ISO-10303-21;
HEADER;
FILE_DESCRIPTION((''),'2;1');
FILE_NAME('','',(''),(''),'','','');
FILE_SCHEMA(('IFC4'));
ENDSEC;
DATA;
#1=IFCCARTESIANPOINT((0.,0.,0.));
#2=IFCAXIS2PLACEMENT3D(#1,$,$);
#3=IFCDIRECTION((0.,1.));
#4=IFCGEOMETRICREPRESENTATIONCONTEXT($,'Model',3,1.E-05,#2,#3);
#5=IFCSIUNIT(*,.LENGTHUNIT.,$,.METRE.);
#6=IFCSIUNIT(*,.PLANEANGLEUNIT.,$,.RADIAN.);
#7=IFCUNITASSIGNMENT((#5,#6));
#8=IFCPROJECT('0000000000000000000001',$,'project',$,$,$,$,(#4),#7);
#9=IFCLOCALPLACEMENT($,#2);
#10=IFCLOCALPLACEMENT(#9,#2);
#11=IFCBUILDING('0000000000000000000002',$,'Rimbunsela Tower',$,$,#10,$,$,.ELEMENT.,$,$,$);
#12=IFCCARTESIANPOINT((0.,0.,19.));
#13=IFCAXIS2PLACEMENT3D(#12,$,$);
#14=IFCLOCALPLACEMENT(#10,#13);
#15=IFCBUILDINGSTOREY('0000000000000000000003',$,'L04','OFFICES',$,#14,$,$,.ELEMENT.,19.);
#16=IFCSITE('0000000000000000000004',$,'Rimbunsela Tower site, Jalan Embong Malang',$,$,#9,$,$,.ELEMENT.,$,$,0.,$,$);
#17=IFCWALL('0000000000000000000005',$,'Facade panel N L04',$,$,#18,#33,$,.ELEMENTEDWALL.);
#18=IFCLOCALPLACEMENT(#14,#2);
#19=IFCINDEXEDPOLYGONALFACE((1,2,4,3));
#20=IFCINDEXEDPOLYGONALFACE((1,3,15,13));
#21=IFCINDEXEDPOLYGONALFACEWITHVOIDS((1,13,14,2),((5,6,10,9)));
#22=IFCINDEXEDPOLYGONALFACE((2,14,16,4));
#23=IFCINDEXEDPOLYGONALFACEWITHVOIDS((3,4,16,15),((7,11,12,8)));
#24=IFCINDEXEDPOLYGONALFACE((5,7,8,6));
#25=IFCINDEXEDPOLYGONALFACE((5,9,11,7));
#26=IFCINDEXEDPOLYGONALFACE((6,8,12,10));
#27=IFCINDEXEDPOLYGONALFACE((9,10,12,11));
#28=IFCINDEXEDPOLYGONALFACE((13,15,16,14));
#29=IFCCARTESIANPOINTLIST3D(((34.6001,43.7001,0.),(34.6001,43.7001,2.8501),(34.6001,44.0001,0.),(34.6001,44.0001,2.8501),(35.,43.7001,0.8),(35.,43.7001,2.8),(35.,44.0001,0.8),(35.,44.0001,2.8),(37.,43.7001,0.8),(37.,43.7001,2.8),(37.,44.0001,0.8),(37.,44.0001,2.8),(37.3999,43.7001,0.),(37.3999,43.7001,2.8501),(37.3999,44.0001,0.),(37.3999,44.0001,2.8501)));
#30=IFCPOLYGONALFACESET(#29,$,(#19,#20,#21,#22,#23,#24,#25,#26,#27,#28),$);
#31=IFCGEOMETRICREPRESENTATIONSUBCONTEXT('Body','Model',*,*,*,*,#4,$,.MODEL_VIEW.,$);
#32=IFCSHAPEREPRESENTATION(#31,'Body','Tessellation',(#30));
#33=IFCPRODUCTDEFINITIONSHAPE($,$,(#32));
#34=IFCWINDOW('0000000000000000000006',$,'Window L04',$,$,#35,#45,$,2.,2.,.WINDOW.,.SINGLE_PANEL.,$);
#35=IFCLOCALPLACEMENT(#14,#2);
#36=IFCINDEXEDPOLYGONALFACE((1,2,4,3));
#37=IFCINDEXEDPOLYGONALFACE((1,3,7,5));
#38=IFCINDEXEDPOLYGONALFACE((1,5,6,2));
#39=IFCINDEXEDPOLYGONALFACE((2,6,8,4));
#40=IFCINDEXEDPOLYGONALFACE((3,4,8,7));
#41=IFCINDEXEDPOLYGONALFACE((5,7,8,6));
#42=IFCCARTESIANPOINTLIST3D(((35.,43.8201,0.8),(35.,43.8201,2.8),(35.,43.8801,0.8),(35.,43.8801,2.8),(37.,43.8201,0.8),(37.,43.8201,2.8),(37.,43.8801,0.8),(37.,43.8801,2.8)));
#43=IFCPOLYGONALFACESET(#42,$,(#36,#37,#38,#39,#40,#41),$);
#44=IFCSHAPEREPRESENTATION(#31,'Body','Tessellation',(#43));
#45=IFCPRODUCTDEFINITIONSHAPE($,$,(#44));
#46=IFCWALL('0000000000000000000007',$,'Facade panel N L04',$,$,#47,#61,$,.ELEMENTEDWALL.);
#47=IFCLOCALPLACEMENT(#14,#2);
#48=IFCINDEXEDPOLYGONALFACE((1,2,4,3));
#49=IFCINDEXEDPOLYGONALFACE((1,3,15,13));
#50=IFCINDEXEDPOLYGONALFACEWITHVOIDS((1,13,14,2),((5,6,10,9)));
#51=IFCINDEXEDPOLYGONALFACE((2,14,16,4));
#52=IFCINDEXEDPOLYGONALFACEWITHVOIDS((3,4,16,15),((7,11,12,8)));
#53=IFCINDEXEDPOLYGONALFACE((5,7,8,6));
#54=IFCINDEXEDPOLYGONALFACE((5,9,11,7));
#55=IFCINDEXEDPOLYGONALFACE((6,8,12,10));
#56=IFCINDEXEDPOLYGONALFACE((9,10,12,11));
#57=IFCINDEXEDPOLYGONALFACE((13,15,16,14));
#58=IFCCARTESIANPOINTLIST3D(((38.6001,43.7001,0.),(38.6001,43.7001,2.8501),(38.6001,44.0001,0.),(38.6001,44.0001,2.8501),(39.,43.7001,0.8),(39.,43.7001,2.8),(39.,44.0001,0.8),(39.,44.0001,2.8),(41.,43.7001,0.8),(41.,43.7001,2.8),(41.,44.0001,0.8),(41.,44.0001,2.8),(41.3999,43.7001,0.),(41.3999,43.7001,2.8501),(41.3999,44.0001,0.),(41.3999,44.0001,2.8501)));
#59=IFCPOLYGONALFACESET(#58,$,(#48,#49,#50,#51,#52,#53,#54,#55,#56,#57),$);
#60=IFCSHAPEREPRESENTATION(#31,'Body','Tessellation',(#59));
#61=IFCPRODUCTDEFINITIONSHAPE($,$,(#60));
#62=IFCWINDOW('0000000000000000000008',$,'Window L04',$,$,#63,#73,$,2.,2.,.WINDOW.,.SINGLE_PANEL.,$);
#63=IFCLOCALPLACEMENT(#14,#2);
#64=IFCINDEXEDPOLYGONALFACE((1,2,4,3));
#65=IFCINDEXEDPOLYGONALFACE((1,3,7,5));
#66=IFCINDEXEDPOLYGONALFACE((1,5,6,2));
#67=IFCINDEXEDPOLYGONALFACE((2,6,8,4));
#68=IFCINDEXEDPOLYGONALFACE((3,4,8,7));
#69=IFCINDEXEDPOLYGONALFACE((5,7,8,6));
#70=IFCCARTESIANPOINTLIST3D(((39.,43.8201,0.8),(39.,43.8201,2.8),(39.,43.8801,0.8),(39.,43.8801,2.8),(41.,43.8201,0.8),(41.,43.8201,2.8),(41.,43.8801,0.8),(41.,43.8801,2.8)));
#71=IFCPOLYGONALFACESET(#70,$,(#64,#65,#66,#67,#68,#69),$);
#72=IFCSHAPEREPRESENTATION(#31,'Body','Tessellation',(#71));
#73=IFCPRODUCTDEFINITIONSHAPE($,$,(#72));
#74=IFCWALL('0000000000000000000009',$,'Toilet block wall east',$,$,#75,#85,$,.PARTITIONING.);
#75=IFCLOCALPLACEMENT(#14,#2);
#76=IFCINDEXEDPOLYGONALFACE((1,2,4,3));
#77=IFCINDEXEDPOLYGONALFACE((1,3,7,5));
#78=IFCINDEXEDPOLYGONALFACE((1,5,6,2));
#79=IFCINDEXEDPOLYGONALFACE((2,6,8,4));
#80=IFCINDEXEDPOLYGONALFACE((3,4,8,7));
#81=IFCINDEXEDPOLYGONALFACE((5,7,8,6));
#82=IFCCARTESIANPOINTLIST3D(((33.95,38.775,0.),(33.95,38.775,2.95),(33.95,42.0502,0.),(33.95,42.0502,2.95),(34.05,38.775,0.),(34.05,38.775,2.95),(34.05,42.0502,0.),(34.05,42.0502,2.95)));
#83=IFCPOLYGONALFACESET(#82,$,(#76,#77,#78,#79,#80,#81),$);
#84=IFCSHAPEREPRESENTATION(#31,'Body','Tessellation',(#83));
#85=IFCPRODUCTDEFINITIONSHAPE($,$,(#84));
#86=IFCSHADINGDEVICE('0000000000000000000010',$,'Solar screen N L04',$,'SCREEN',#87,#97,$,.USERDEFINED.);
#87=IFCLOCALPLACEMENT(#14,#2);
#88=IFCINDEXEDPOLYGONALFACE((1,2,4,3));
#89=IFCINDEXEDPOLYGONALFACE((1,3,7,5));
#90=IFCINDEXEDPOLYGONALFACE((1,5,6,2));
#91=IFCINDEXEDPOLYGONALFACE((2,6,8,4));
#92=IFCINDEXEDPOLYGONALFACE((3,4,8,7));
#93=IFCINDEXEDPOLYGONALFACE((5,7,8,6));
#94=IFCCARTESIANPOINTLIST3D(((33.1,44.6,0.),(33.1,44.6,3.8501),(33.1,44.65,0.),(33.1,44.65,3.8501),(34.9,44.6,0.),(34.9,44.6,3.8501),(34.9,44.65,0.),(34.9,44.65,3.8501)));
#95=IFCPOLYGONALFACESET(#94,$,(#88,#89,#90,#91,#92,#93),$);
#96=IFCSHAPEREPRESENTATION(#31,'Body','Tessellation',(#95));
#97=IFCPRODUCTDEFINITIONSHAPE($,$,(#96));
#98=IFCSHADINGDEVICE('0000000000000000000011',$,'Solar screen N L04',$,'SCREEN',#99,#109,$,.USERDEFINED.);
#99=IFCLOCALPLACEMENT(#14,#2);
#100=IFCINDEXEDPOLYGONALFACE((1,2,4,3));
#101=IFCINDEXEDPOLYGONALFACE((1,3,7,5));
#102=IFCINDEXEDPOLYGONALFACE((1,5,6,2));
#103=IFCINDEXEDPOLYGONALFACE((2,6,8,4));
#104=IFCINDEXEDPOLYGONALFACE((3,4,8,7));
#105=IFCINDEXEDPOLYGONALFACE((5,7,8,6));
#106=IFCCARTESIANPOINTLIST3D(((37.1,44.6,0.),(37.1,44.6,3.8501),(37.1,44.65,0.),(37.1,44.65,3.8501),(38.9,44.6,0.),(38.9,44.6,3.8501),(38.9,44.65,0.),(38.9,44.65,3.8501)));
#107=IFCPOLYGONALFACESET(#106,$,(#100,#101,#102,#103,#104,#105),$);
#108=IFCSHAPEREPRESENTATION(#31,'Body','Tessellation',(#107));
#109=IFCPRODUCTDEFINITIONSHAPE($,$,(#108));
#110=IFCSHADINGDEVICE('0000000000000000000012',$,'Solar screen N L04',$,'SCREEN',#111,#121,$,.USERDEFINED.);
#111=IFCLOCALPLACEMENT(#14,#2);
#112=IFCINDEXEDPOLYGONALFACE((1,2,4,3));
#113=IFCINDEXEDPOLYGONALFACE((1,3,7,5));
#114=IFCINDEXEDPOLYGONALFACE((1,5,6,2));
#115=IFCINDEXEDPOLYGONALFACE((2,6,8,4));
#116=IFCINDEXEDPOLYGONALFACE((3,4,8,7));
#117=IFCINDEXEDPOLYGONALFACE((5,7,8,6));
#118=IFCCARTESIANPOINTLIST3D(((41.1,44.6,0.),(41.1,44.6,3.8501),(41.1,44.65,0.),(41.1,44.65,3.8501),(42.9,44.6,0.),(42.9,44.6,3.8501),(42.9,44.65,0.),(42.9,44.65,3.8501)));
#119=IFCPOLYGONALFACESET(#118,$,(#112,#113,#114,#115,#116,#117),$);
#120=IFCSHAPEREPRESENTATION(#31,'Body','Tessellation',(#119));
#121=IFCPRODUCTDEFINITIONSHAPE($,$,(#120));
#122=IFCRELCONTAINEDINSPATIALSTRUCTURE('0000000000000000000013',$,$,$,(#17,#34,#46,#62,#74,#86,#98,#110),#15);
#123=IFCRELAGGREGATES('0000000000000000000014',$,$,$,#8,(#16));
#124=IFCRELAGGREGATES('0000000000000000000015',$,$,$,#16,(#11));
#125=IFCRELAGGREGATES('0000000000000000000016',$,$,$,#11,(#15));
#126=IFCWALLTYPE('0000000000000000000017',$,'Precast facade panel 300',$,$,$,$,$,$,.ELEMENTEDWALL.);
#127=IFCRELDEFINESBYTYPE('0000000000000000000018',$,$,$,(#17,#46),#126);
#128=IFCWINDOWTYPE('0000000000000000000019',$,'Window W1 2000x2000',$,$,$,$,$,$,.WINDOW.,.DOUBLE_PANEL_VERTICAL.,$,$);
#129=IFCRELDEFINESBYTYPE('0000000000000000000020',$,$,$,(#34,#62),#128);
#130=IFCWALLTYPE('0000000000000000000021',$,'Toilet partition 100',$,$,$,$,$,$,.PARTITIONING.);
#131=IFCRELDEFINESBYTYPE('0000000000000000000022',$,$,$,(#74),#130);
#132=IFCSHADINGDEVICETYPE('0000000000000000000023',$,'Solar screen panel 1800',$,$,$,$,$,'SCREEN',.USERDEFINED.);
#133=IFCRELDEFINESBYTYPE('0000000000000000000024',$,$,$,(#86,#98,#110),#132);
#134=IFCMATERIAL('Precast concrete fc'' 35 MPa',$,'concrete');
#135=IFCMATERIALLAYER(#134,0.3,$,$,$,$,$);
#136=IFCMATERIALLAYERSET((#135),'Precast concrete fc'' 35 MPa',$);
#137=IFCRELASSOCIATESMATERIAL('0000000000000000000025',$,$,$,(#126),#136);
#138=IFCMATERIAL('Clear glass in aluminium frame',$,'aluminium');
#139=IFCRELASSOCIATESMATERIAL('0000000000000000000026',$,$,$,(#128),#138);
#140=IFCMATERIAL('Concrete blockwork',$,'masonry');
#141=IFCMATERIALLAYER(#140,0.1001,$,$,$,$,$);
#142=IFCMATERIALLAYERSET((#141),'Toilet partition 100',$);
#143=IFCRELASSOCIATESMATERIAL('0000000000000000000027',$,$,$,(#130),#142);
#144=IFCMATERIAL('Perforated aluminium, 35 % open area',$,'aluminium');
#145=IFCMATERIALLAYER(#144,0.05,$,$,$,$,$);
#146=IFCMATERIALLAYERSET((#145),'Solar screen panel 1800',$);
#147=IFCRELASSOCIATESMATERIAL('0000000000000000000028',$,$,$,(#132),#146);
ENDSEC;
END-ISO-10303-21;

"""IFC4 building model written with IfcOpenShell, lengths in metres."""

from ifc_helpers import new_model, si_unit, direction, frame, frame_2d, origin, origin_2d, place, context, subcontext, project, spatial, rectangle, extrude, material, layer, layer_set, type_object, element, fill, save


model = new_model("IFC4")

# Units and contexts
model_context = context("Model", 3, precision=1e-05, world=origin(), true_north=direction((0.0, 1.0)))
body_context = subcontext(model_context, "Body", "Model", "MODEL_VIEW")
ifc_project = project(units=[si_unit("LENGTHUNIT", "METRE"), si_unit("PLANEANGLEUNIT", "RADIAN")], contexts=[model_context])

# Site, building, storey
site_placement = place(None, origin())
site = spatial("IfcSite", under=ifc_project, at=site_placement, Name="Rimbunsela Tower site, Jalan Embong Malang", CompositionType="ELEMENT", RefElevation=0.0)
building_placement = place(site_placement, origin())
building = spatial("IfcBuilding", under=site, at=building_placement, Name="Rimbunsela Tower", CompositionType="ELEMENT")
storey_placement = place(building_placement, frame((0.0, 0.0, 19.0)))
storey = spatial("IfcBuildingStorey", under=building, at=storey_placement, Name="L04", Description="OFFICES", CompositionType="ELEMENT", Elevation=19.0)

# Walls, openings, windows
ifc_material_1 = material(Name="Precast concrete fc' 35 MPa", Category="concrete")
ifc_layer_1 = layer(ifc_material_1, 0.3)
ifc_layer_set_1 = layer_set([ifc_layer_1], Name="Precast concrete fc' 35 MPa")
wall_type_1 = type_object("IfcWallType", Name="Precast facade panel 300", PredefinedType="ELEMENTEDWALL", material=ifc_layer_set_1)
ifc_material_2 = material(Name="Clear glass in aluminium frame", Category="aluminium")
window_type = type_object("IfcWindowType", Name="Window W1 2000x2000", PartitioningType="DOUBLE_PANEL_VERTICAL", PredefinedType="WINDOW", material=ifc_material_2)
wall_1_placement = place(storey_placement, frame((37.3999, 43.8501, 0.0), z_axis=(0.0, 0.0, 1.0), x_axis=(-1.0, 0.0, 0.0)))
wall_1 = element("IfcWall", 1, at=wall_1_placement, inside=storey, type_object=wall_type_1, Name="Facade panel N L04", PredefinedType="ELEMENTEDWALL", context=body_context, shape_type="SweptSolid", body=[
    extrude(rectangle(XDim=2.7998, YDim=0.3, at=frame_2d((1.3999, 0.0))), origin(), (0.0, 0.0, 1.0), 2.8501),
])
opening_1_placement = place(wall_1_placement, frame((0.3999, 0.0, 0.8)))
opening_1 = element("IfcOpeningElement", 2, at=opening_1_placement, cuts=wall_1, PredefinedType="OPENING", context=body_context, shape_type="SweptSolid", body=[
    extrude(rectangle(XDim=2.0, YDim=2.0, at=frame_2d((1.0, 1.0))), frame((0.0, 0.1599, 0.0), z_axis=(0.0, -1.0, 0.0), x_axis=(1.0, 0.0, 0.0)), (0.0, 0.0, 1.0), 0.3201),
])
window_1_placement = place(opening_1_placement, origin())
window_1 = element("IfcWindow", 3, at=window_1_placement, inside=storey, type_object=window_type, Name="Window L04", OverallHeight=2.0, OverallWidth=2.0, PartitioningType="SINGLE_PANEL", PredefinedType="WINDOW", context=body_context, shape_type="SweptSolid", body=[
    extrude(rectangle(XDim=2.0, YDim=2.0, at=frame_2d((1.0, 1.0))), frame((0.0, 0.03, 0.0), z_axis=(0.0, -1.0, 0.0), x_axis=(1.0, 0.0, 0.0)), (0.0, 0.0, 1.0), 0.0601),
])
fill(opening_1, window_1)
wall_2_placement = place(storey_placement, frame((41.3999, 43.8501, 0.0), z_axis=(0.0, 0.0, 1.0), x_axis=(-1.0, 0.0, 0.0)))
wall_2 = element("IfcWall", 4, at=wall_2_placement, inside=storey, type_object=wall_type_1, Name="Facade panel N L04", PredefinedType="ELEMENTEDWALL", context=body_context, shape_type="SweptSolid", body=[
    extrude(rectangle(XDim=2.7998, YDim=0.3, at=frame_2d((1.3999, 0.0))), origin(), (0.0, 0.0, 1.0), 2.8501),
])
opening_2_placement = place(wall_2_placement, frame((0.3999, 0.0, 0.8)))
opening_2 = element("IfcOpeningElement", 5, at=opening_2_placement, cuts=wall_2, PredefinedType="OPENING", context=body_context, shape_type="SweptSolid", body=[
    extrude(rectangle(XDim=2.0, YDim=2.0, at=frame_2d((1.0, 1.0))), frame((0.0, 0.1599, 0.0), z_axis=(0.0, -1.0, 0.0), x_axis=(1.0, 0.0, 0.0)), (0.0, 0.0, 1.0), 0.3201),
])
window_2_placement = place(opening_2_placement, origin())
window_2 = element("IfcWindow", 6, at=window_2_placement, inside=storey, type_object=window_type, Name="Window L04", OverallHeight=2.0, OverallWidth=2.0, PartitioningType="SINGLE_PANEL", PredefinedType="WINDOW", context=body_context, shape_type="SweptSolid", body=[
    extrude(rectangle(XDim=2.0, YDim=2.0, at=frame_2d((1.0, 1.0))), frame((0.0, 0.03, 0.0), z_axis=(0.0, -1.0, 0.0), x_axis=(1.0, 0.0, 0.0)), (0.0, 0.0, 1.0), 0.0601),
])
fill(opening_2, window_2)

# Wall
ifc_material_3 = material(Name="Concrete blockwork", Category="masonry")
ifc_layer_2 = layer(ifc_material_3, 0.1001)
ifc_layer_set_2 = layer_set([ifc_layer_2], Name="Toilet partition 100")
wall_type_2 = type_object("IfcWallType", Name="Toilet partition 100", PredefinedType="PARTITIONING", material=ifc_layer_set_2)
wall_3_placement = place(storey_placement, frame((34.0, 38.7749, 0.0), z_axis=(0.0, 0.0, 1.0), x_axis=(0.0, 1.0, 0.0)))
element("IfcWall", 7, at=wall_3_placement, inside=storey, type_object=wall_type_2, Name="Toilet block wall east", PredefinedType="PARTITIONING", context=body_context, shape_type="SweptSolid", body=[
    extrude(rectangle(XDim=3.2751, YDim=0.1001, at=frame_2d((1.6377, 0.0))), origin(), (0.0, 0.0, 1.0), 2.95),
])

# Shading devices
ifc_material_4 = material(Name="Perforated aluminium, 35 % open area", Category="aluminium")
ifc_layer_3 = layer(ifc_material_4, 0.05)
ifc_layer_set_3 = layer_set([ifc_layer_3], Name="Solar screen panel 1800")
shading_device_type = type_object("IfcShadingDeviceType", Name="Solar screen panel 1800", ElementType="SCREEN", PredefinedType="USERDEFINED", material=ifc_layer_set_3)
for number, where, z_axis, x_axis, name in (
    (8, (34.0, 44.625, 0.0), (0.0, 0.0, 1.0), (1.0, 0.0, 0.0), "Solar screen N L04"),
    (9, (38.0, 44.625, 0.0), (0.0, 0.0, 1.0), (1.0, 0.0, 0.0), "Solar screen N L04"),
    (10, (42.0, 44.625, 0.0), (0.0, 0.0, 1.0), (1.0, 0.0, 0.0), "Solar screen N L04"),
):
    element("IfcShadingDevice", number, at=place(storey_placement, frame(where, z_axis=z_axis, x_axis=x_axis)), inside=storey, type_object=shading_device_type, Name=name, ObjectType="SCREEN", PredefinedType="USERDEFINED", context=body_context, shape_type="SweptSolid", body=[
        extrude(rectangle(XDim=1.8, YDim=0.05, at=origin_2d()), origin(), (0.0, 0.0, 1.0), 3.8501),
    ])

save(model, "model.ifc")
